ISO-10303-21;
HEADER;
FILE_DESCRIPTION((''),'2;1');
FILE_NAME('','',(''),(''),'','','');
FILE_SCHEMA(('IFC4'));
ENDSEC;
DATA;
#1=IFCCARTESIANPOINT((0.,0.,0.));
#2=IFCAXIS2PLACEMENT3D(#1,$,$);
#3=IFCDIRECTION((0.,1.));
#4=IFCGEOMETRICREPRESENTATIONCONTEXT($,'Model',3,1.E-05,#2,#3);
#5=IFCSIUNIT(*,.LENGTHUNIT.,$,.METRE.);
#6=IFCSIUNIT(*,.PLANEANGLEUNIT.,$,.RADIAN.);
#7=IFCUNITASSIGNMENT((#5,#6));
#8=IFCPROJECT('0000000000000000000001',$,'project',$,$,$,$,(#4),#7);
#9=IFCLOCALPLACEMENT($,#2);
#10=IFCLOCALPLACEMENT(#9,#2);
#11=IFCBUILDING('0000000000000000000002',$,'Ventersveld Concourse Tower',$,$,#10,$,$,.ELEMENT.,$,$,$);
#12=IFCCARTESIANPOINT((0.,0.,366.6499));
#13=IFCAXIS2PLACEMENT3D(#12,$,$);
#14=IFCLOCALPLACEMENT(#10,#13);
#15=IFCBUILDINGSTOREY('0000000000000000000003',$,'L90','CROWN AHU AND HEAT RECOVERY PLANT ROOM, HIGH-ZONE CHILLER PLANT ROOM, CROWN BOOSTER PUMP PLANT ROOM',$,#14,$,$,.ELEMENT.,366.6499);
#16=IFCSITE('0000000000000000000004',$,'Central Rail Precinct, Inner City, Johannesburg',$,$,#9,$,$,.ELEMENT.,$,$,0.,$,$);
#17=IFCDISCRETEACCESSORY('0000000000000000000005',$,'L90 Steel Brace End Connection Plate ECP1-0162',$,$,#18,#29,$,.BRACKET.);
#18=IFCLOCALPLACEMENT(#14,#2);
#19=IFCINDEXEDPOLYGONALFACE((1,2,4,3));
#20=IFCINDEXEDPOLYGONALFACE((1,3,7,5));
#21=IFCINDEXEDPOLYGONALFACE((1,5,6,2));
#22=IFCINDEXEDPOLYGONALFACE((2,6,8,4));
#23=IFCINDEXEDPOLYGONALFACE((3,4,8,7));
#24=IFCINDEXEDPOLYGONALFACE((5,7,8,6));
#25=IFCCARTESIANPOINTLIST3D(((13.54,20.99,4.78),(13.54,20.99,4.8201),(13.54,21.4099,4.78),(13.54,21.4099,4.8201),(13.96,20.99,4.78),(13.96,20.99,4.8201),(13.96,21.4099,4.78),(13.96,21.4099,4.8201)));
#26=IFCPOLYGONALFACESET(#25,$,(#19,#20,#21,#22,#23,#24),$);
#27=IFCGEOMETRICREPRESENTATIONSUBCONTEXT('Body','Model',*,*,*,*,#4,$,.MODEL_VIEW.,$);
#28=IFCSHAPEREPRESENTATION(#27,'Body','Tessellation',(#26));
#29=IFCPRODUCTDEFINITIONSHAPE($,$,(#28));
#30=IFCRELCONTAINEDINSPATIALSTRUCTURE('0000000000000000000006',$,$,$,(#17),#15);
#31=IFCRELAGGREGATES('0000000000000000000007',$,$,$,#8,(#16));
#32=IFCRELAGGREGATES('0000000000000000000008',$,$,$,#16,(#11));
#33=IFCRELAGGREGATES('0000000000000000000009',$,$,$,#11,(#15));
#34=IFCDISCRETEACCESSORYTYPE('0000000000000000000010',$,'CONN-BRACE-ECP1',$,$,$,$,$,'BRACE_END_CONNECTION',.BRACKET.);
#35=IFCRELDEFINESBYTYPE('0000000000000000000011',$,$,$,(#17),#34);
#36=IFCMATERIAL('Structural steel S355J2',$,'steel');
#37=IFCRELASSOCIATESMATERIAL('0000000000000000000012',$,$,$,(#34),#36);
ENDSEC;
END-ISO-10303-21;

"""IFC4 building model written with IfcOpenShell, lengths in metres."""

from ifc_helpers import new_model, si_unit, direction, frame, origin, origin_2d, place, context, subcontext, project, spatial, rectangle, extrude, material, type_object, element, save


model = new_model("IFC4")

# Units and contexts
model_context = context("Model", 3, precision=1e-05, world=origin(), true_north=direction((0.0, 1.0)))
body_context = subcontext(model_context, "Body", "Model", "MODEL_VIEW")
ifc_project = project(units=[si_unit("LENGTHUNIT", "METRE"), si_unit("PLANEANGLEUNIT", "RADIAN")], contexts=[model_context])

# Site, building, storey
site_placement = place(None, origin())
site = spatial("IfcSite", under=ifc_project, at=site_placement, Name="Central Rail Precinct, Inner City, Johannesburg", CompositionType="ELEMENT", RefElevation=0.0)
building_placement = place(site_placement, origin())
building = spatial("IfcBuilding", under=site, at=building_placement, Name="Ventersveld Concourse Tower", CompositionType="ELEMENT")
storey_placement = place(building_placement, frame((0.0, 0.0, 366.6499)))
storey = spatial("IfcBuildingStorey", under=building, at=storey_placement, Name="L90", Description="CROWN AHU AND HEAT RECOVERY PLANT ROOM, HIGH-ZONE CHILLER PLANT ROOM, CROWN BOOSTER PUMP PLANT ROOM", CompositionType="ELEMENT", Elevation=366.6499)

# Discrete accessory
ifc_material_1 = material(Name="Structural steel S355J2", Category="steel")
discrete_accessory_type_1 = type_object("IfcDiscreteAccessoryType", Name="CONN-BRACE-ECP1", ElementType="BRACE_END_CONNECTION", PredefinedType="BRACKET", material=ifc_material_1)
discrete_accessory_1_placement = place(storey_placement, frame((13.75, 21.2, 4.78), z_axis=(0.0, 0.0, 1.0), x_axis=(1.0, 0.0, 0.0)))
element("IfcDiscreteAccessory", 1, at=discrete_accessory_1_placement, inside=storey, type_object=discrete_accessory_type_1, Name="L90 Steel Brace End Connection Plate ECP1-0162", PredefinedType="BRACKET", context=body_context, shape_type="SweptSolid", body=[
    extrude(rectangle(XDim=0.4199, YDim=0.4199, at=origin_2d()), origin(), (0.0, 0.0, 1.0), 0.04),
])

save(model, "model.ifc")
